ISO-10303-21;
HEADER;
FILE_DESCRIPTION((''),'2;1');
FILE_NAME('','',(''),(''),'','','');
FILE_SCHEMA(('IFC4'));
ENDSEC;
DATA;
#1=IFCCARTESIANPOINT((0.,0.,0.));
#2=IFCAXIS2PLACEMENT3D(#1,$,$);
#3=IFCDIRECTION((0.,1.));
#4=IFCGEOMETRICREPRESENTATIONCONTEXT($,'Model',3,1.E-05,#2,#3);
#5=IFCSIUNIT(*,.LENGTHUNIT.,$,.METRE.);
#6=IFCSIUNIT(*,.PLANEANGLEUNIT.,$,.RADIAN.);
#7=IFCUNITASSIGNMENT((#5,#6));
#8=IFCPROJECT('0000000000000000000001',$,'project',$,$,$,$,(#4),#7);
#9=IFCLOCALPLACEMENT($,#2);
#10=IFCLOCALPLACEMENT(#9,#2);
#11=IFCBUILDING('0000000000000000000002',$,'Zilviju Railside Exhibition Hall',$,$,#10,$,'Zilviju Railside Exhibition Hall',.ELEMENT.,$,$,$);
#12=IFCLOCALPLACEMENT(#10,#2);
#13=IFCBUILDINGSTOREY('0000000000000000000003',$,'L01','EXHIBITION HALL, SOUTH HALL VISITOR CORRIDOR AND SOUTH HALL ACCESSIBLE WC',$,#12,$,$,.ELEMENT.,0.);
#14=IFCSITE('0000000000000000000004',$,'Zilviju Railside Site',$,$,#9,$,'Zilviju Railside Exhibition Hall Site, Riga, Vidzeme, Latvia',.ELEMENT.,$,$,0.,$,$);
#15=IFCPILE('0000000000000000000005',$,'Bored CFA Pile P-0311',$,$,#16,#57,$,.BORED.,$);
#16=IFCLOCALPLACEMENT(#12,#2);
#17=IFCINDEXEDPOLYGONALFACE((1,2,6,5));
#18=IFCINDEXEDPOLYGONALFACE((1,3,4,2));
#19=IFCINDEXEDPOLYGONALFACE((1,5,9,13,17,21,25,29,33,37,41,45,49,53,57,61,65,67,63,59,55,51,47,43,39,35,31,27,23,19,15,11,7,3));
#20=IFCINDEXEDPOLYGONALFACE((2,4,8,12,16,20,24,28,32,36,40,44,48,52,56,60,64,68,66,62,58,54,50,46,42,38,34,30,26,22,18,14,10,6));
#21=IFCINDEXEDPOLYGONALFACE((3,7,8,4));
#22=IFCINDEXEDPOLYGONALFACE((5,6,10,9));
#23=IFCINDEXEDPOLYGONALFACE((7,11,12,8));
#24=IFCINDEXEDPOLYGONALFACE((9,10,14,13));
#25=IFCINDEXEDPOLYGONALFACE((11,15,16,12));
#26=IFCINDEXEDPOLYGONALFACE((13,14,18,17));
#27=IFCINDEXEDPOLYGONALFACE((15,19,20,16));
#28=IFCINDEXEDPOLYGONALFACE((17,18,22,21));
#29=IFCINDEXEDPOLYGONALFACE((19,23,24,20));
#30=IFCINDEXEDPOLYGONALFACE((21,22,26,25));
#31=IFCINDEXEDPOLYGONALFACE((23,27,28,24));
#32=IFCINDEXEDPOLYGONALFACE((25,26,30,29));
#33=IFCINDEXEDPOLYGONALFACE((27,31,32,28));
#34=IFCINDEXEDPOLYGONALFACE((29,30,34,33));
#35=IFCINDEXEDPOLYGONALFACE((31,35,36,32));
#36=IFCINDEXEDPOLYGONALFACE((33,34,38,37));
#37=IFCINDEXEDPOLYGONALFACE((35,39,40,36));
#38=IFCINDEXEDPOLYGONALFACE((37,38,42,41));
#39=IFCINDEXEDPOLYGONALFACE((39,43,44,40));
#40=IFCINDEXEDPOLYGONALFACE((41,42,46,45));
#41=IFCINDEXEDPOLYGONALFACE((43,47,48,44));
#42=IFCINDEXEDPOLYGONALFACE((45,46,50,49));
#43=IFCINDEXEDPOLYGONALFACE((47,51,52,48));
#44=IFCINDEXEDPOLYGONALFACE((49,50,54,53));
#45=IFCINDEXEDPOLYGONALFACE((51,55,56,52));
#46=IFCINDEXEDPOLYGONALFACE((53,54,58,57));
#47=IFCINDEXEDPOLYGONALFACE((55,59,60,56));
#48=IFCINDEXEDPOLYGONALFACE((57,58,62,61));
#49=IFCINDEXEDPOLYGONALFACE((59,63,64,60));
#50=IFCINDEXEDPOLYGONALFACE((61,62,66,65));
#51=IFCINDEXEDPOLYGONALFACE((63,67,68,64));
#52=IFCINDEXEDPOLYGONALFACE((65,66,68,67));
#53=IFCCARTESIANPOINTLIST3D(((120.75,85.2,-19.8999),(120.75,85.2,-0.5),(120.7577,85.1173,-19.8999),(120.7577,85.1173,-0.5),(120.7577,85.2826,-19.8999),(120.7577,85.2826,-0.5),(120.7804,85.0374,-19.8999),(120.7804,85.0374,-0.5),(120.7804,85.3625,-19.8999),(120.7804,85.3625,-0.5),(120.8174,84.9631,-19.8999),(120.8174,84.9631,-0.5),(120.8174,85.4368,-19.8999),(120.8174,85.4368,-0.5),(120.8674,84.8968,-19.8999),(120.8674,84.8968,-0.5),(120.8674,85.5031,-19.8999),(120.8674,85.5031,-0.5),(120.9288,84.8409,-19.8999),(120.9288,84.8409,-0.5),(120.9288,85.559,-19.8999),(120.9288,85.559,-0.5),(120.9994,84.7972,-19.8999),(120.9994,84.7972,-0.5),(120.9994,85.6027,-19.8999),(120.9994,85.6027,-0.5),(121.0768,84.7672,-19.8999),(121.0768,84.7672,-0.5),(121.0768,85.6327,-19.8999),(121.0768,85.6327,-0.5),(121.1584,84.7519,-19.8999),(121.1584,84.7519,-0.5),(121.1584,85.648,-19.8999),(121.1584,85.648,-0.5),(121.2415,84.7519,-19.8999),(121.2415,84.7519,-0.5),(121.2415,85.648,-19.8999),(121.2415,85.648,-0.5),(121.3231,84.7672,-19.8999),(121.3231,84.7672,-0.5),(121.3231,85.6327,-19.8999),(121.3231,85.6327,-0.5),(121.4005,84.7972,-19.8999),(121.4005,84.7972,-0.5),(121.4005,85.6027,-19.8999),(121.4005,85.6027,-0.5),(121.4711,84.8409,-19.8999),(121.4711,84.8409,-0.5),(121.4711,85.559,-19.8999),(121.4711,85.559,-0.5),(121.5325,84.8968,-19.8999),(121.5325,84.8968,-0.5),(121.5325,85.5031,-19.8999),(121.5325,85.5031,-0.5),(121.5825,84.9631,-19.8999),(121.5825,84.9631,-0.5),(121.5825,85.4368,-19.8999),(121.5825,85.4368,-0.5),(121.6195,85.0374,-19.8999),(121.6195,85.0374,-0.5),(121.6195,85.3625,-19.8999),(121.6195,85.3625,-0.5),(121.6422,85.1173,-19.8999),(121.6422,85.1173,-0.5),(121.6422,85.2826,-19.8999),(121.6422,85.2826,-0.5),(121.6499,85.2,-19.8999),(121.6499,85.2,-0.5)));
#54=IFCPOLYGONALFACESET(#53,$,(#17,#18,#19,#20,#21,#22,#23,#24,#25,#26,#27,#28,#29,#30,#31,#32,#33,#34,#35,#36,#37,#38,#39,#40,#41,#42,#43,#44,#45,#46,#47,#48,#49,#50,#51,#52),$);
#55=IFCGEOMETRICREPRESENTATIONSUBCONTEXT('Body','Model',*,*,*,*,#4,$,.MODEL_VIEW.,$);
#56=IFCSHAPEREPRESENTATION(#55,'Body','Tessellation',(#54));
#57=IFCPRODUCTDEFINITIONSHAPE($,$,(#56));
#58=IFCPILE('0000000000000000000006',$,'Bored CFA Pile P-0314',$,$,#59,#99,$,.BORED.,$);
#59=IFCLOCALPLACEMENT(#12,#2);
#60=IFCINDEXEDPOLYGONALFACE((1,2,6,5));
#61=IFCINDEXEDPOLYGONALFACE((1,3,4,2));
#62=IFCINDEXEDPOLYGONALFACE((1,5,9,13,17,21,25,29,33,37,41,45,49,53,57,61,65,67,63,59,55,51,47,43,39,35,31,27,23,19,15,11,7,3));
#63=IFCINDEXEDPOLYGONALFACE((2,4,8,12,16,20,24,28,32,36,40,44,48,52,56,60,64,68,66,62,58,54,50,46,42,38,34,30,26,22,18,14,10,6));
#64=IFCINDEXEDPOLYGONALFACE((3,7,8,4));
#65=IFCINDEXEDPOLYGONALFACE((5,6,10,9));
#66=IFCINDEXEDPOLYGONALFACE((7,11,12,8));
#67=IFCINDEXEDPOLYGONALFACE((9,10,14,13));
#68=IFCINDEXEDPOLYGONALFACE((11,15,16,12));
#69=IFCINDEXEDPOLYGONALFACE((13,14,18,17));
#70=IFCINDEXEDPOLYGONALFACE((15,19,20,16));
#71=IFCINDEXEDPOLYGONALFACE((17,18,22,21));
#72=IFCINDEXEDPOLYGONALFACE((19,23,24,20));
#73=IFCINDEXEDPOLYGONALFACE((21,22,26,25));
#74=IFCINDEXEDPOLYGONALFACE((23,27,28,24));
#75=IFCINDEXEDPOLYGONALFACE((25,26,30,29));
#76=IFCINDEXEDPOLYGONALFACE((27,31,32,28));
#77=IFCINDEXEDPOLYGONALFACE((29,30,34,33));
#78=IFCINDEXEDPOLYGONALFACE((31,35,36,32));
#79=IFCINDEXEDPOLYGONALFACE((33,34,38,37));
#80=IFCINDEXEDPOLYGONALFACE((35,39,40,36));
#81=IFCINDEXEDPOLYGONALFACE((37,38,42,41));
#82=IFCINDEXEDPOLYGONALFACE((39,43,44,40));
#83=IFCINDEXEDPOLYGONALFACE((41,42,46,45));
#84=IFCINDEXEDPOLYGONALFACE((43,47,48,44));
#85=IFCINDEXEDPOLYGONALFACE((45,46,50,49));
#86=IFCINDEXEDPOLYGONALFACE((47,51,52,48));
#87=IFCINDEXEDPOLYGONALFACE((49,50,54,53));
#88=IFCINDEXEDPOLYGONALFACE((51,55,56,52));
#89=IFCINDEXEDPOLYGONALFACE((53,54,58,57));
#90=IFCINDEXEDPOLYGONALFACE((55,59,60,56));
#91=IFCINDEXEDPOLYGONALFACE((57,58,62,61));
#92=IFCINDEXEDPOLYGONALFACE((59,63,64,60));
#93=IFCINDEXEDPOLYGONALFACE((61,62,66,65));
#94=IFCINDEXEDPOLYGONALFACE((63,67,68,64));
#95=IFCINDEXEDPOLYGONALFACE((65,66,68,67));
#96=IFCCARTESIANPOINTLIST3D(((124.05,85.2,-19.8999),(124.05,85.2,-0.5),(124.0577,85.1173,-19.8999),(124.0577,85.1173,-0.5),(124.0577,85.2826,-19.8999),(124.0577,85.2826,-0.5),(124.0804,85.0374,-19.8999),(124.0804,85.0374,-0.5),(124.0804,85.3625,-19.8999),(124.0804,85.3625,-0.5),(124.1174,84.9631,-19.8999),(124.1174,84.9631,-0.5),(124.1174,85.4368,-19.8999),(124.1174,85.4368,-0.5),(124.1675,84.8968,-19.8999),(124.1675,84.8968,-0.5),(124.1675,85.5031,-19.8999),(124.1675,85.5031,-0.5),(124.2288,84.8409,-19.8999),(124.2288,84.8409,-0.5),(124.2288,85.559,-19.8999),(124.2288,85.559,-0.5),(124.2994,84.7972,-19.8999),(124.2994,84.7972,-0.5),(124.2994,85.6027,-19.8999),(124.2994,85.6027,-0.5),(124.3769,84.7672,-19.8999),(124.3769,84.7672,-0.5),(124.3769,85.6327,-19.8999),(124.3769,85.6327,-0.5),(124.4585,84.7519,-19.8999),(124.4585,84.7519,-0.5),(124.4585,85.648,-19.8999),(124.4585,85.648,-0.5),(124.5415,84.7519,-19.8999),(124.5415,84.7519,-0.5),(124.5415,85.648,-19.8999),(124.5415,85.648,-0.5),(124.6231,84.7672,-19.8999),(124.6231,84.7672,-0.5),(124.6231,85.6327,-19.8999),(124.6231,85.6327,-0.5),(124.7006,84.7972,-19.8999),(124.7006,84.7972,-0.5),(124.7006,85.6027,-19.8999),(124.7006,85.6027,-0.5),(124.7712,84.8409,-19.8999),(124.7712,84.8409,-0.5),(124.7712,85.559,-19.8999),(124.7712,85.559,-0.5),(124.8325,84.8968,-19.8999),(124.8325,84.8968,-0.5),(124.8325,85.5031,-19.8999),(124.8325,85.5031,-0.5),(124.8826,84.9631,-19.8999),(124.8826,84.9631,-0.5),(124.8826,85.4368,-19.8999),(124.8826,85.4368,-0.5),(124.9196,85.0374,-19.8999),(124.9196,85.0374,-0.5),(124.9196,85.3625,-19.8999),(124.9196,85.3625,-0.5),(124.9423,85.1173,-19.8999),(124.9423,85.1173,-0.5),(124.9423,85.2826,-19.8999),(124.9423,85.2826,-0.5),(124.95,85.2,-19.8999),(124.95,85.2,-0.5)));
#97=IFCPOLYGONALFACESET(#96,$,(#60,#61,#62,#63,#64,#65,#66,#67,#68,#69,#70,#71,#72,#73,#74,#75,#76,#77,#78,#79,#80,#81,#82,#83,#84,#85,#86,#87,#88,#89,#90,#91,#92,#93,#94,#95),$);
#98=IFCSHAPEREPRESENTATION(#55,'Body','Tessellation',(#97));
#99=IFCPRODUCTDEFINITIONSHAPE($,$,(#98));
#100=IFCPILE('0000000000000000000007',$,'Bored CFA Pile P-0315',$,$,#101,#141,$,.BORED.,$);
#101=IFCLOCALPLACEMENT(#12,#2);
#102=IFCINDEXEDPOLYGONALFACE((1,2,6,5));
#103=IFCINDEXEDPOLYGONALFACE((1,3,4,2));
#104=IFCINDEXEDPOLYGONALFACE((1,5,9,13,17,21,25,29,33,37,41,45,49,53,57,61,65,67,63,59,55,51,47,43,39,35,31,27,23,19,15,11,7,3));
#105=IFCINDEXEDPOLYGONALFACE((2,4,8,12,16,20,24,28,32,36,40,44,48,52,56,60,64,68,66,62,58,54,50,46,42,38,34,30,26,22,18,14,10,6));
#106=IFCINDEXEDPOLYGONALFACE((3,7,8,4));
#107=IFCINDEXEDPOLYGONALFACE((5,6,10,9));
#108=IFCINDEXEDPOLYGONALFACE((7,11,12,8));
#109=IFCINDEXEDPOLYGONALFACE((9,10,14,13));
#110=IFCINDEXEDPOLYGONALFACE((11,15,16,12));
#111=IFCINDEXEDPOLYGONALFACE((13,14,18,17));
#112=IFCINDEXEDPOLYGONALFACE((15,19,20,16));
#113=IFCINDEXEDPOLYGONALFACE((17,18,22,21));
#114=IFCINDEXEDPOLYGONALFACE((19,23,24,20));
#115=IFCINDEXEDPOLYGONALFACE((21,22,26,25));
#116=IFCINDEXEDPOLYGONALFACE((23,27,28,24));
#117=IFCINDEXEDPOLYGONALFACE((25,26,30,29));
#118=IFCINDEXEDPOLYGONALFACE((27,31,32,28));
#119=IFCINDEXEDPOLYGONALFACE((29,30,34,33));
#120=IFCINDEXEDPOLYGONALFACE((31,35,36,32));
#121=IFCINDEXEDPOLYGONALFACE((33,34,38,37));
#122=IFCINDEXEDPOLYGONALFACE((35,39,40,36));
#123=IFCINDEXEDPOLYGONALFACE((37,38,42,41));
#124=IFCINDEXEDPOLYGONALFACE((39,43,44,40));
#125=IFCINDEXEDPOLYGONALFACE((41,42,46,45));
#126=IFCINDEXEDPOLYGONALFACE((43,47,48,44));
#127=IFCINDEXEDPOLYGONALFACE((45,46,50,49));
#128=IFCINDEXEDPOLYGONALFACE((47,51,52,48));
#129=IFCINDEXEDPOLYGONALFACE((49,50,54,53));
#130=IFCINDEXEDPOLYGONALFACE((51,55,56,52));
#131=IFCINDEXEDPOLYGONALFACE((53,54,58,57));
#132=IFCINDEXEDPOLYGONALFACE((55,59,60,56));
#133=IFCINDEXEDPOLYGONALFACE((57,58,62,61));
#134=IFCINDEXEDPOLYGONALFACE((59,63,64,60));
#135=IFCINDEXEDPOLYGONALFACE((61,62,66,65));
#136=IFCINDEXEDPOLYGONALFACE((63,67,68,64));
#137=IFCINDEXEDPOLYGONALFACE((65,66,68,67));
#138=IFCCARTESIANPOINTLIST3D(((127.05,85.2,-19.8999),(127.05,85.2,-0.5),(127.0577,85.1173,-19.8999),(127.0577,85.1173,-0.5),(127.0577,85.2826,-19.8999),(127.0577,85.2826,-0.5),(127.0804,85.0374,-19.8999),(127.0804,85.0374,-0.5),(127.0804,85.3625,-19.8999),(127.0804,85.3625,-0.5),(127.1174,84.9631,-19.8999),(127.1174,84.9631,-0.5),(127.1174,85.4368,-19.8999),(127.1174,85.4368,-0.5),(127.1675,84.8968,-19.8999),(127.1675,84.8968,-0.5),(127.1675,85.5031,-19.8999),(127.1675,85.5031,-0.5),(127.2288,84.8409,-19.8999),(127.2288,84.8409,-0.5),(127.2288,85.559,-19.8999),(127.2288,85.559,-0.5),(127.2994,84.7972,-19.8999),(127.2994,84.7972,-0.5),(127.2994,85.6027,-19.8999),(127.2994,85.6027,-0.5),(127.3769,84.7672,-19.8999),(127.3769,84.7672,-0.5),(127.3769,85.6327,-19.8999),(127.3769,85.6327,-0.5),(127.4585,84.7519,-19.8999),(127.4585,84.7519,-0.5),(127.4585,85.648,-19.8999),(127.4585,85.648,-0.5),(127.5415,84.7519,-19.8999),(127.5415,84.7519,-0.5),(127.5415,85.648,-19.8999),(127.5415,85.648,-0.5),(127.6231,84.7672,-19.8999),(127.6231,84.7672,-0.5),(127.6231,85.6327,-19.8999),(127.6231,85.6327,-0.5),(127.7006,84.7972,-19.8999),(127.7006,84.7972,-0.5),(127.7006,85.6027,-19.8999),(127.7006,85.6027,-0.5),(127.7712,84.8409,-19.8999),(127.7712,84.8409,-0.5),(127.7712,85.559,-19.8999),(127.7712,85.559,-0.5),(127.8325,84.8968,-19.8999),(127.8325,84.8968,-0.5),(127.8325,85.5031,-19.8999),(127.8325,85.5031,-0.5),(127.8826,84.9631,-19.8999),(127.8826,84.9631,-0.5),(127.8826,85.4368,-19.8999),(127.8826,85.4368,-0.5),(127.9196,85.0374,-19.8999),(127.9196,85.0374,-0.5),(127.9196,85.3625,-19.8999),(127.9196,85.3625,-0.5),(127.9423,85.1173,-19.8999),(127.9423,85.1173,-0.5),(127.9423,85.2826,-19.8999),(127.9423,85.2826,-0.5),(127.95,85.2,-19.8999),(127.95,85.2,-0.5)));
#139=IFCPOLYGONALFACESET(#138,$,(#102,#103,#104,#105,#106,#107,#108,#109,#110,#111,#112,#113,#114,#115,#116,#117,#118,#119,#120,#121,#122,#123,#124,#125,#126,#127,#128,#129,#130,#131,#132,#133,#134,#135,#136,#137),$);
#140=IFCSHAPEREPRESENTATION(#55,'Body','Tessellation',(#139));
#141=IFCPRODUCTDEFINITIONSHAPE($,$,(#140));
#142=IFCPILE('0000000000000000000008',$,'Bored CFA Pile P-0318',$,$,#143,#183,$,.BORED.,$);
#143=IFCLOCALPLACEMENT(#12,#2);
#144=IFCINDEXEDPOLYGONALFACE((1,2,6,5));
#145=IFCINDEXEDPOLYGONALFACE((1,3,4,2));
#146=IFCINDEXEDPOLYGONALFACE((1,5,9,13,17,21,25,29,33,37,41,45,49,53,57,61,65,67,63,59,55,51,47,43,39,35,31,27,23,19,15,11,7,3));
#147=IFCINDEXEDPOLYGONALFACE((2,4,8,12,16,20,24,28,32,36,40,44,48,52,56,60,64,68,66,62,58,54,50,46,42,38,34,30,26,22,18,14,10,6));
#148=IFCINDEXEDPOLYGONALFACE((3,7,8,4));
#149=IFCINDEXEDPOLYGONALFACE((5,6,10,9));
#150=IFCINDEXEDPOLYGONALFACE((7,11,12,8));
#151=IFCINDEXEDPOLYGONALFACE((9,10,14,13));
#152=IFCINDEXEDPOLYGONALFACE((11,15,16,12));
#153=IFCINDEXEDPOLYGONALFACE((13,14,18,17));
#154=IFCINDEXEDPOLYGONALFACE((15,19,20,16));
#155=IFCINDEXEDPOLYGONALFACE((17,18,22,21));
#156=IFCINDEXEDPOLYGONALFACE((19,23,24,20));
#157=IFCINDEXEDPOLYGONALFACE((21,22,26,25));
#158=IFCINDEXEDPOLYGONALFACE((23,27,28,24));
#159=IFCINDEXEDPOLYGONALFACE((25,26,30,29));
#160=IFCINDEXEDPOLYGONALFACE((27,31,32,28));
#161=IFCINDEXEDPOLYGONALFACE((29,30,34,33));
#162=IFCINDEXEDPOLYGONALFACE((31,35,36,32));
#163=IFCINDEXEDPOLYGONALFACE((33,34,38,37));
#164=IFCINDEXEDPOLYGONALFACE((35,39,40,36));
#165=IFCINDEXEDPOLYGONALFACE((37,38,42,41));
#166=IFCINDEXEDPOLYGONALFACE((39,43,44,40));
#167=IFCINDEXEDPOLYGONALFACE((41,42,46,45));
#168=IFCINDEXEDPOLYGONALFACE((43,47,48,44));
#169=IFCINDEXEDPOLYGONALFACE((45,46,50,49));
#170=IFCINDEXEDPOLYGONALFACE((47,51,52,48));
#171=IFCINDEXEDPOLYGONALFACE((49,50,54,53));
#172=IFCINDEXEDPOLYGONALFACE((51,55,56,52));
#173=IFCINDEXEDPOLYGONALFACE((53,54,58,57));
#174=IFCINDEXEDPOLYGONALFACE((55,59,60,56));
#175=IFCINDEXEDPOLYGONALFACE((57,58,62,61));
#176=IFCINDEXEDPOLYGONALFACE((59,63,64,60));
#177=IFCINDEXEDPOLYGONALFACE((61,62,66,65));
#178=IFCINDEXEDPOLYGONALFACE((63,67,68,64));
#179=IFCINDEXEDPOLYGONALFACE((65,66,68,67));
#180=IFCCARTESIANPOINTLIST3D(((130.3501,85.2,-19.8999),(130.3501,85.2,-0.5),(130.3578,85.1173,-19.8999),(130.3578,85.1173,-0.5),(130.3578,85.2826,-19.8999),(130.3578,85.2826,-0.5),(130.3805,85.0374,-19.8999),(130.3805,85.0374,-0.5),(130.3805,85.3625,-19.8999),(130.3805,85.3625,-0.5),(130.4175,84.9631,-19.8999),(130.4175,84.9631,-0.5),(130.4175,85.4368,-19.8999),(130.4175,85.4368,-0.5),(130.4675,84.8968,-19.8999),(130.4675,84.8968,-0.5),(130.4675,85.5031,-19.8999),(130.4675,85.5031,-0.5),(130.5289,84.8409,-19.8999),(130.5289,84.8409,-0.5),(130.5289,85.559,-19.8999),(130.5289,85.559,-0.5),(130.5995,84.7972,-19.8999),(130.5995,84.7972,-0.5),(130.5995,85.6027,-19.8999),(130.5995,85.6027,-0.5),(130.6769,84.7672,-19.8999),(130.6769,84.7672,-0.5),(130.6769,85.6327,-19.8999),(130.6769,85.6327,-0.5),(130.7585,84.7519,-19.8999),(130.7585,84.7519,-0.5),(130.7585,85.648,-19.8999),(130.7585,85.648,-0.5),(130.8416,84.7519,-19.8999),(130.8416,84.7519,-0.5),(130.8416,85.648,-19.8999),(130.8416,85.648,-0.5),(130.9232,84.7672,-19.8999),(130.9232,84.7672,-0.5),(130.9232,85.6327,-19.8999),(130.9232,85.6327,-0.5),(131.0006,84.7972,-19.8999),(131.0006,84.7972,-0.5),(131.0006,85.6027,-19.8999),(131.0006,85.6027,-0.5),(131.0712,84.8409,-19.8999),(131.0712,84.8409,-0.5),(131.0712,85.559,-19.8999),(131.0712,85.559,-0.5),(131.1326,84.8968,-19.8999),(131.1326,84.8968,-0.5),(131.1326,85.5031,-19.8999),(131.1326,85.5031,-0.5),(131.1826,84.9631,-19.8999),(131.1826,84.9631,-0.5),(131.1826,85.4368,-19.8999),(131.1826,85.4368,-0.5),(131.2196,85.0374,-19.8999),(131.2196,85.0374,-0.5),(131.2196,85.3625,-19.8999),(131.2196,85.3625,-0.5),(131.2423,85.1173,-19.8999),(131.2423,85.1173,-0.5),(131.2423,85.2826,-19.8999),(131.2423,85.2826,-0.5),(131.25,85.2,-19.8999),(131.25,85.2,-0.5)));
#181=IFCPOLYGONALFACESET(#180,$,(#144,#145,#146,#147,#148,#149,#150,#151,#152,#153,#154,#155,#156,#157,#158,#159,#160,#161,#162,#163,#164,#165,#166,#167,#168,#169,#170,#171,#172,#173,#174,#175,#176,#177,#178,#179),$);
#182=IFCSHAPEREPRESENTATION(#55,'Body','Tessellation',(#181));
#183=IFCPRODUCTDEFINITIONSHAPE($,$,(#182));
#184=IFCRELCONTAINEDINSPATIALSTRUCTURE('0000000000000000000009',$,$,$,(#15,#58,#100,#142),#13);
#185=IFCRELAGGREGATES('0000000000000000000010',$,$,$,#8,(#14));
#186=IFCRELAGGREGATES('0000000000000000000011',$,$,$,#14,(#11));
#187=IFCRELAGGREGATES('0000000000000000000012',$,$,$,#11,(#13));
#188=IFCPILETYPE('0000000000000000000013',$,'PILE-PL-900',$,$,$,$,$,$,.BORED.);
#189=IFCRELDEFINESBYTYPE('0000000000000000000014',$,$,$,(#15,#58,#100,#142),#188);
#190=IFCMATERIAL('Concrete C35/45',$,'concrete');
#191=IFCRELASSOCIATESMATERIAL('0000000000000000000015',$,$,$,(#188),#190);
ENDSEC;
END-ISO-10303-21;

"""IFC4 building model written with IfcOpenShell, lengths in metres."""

from ifc_helpers import new_model, si_unit, direction, frame, origin, origin_2d, place, context, subcontext, project, spatial, circle, extrude, material, material_profile, profile_set, type_object, element, save


model = new_model("IFC4")

# Units and contexts
model_context = context("Model", 3, precision=1e-05, world=origin(), true_north=direction((0.0, 1.0)))
body_context = subcontext(model_context, "Body", "Model", "MODEL_VIEW")
ifc_project = project(units=[si_unit("LENGTHUNIT", "METRE"), si_unit("PLANEANGLEUNIT", "RADIAN")], contexts=[model_context])

# Site, building, storey
site_placement = place(None, origin())
site = spatial("IfcSite", under=ifc_project, at=site_placement, Name="Zilviju Railside Site", LongName="Zilviju Railside Exhibition Hall Site, Riga, Vidzeme, Latvia", CompositionType="ELEMENT", RefElevation=0.0)
building_placement = place(site_placement, origin())
building = spatial("IfcBuilding", under=site, at=building_placement, Name="Zilviju Railside Exhibition Hall", LongName="Zilviju Railside Exhibition Hall", CompositionType="ELEMENT")
storey_placement = place(building_placement, origin())
storey = spatial("IfcBuildingStorey", under=building, at=storey_placement, Name="L01", Description="EXHIBITION HALL, SOUTH HALL VISITOR CORRIDOR AND SOUTH HALL ACCESSIBLE WC", CompositionType="ELEMENT", Elevation=0.0)

# Shared definitions
ifc_material_1 = material(Name="Concrete C35/45", Category="concrete")

# Piles
ifc_material_profile_1 = material_profile(ifc_material_1, circle(Radius=0.45, at=origin_2d()), Name="CFA PILE D900")
ifc_profile_set_1 = profile_set([ifc_material_profile_1], Name="Concrete C35/45")
pile_type_1 = type_object("IfcPileType", Name="PILE-PL-900", PredefinedType="BORED", material=ifc_profile_set_1)
for number, where, z_axis, x_axis, name in (
    (1, (121.2, 85.2, -0.5), (0.0, 0.0, -1.0), (1.0, 0.0, 0.0), "Bored CFA Pile P-0311"),
    (2, (124.5, 85.2, -0.5), (0.0, 0.0, -1.0), (1.0, 0.0, 0.0), "Bored CFA Pile P-0314"),
    (3, (127.5, 85.2, -0.5), (0.0, 0.0, -1.0), (1.0, 0.0, 0.0), "Bored CFA Pile P-0315"),
    (4, (130.8, 85.2, -0.5), (0.0, 0.0, -1.0), (1.0, 0.0, 0.0), "Bored CFA Pile P-0318"),
):
    element("IfcPile", number, at=place(storey_placement, frame(where, z_axis=z_axis, x_axis=x_axis)), inside=storey, type_object=pile_type_1, Name=name, PredefinedType="BORED", context=body_context, shape_type="SweptSolid", body=[
        extrude(circle(Radius=0.45, at=origin_2d()), origin(), (0.0, 0.0, 1.0), 19.3999),
    ])

save(model, "model.ifc")
